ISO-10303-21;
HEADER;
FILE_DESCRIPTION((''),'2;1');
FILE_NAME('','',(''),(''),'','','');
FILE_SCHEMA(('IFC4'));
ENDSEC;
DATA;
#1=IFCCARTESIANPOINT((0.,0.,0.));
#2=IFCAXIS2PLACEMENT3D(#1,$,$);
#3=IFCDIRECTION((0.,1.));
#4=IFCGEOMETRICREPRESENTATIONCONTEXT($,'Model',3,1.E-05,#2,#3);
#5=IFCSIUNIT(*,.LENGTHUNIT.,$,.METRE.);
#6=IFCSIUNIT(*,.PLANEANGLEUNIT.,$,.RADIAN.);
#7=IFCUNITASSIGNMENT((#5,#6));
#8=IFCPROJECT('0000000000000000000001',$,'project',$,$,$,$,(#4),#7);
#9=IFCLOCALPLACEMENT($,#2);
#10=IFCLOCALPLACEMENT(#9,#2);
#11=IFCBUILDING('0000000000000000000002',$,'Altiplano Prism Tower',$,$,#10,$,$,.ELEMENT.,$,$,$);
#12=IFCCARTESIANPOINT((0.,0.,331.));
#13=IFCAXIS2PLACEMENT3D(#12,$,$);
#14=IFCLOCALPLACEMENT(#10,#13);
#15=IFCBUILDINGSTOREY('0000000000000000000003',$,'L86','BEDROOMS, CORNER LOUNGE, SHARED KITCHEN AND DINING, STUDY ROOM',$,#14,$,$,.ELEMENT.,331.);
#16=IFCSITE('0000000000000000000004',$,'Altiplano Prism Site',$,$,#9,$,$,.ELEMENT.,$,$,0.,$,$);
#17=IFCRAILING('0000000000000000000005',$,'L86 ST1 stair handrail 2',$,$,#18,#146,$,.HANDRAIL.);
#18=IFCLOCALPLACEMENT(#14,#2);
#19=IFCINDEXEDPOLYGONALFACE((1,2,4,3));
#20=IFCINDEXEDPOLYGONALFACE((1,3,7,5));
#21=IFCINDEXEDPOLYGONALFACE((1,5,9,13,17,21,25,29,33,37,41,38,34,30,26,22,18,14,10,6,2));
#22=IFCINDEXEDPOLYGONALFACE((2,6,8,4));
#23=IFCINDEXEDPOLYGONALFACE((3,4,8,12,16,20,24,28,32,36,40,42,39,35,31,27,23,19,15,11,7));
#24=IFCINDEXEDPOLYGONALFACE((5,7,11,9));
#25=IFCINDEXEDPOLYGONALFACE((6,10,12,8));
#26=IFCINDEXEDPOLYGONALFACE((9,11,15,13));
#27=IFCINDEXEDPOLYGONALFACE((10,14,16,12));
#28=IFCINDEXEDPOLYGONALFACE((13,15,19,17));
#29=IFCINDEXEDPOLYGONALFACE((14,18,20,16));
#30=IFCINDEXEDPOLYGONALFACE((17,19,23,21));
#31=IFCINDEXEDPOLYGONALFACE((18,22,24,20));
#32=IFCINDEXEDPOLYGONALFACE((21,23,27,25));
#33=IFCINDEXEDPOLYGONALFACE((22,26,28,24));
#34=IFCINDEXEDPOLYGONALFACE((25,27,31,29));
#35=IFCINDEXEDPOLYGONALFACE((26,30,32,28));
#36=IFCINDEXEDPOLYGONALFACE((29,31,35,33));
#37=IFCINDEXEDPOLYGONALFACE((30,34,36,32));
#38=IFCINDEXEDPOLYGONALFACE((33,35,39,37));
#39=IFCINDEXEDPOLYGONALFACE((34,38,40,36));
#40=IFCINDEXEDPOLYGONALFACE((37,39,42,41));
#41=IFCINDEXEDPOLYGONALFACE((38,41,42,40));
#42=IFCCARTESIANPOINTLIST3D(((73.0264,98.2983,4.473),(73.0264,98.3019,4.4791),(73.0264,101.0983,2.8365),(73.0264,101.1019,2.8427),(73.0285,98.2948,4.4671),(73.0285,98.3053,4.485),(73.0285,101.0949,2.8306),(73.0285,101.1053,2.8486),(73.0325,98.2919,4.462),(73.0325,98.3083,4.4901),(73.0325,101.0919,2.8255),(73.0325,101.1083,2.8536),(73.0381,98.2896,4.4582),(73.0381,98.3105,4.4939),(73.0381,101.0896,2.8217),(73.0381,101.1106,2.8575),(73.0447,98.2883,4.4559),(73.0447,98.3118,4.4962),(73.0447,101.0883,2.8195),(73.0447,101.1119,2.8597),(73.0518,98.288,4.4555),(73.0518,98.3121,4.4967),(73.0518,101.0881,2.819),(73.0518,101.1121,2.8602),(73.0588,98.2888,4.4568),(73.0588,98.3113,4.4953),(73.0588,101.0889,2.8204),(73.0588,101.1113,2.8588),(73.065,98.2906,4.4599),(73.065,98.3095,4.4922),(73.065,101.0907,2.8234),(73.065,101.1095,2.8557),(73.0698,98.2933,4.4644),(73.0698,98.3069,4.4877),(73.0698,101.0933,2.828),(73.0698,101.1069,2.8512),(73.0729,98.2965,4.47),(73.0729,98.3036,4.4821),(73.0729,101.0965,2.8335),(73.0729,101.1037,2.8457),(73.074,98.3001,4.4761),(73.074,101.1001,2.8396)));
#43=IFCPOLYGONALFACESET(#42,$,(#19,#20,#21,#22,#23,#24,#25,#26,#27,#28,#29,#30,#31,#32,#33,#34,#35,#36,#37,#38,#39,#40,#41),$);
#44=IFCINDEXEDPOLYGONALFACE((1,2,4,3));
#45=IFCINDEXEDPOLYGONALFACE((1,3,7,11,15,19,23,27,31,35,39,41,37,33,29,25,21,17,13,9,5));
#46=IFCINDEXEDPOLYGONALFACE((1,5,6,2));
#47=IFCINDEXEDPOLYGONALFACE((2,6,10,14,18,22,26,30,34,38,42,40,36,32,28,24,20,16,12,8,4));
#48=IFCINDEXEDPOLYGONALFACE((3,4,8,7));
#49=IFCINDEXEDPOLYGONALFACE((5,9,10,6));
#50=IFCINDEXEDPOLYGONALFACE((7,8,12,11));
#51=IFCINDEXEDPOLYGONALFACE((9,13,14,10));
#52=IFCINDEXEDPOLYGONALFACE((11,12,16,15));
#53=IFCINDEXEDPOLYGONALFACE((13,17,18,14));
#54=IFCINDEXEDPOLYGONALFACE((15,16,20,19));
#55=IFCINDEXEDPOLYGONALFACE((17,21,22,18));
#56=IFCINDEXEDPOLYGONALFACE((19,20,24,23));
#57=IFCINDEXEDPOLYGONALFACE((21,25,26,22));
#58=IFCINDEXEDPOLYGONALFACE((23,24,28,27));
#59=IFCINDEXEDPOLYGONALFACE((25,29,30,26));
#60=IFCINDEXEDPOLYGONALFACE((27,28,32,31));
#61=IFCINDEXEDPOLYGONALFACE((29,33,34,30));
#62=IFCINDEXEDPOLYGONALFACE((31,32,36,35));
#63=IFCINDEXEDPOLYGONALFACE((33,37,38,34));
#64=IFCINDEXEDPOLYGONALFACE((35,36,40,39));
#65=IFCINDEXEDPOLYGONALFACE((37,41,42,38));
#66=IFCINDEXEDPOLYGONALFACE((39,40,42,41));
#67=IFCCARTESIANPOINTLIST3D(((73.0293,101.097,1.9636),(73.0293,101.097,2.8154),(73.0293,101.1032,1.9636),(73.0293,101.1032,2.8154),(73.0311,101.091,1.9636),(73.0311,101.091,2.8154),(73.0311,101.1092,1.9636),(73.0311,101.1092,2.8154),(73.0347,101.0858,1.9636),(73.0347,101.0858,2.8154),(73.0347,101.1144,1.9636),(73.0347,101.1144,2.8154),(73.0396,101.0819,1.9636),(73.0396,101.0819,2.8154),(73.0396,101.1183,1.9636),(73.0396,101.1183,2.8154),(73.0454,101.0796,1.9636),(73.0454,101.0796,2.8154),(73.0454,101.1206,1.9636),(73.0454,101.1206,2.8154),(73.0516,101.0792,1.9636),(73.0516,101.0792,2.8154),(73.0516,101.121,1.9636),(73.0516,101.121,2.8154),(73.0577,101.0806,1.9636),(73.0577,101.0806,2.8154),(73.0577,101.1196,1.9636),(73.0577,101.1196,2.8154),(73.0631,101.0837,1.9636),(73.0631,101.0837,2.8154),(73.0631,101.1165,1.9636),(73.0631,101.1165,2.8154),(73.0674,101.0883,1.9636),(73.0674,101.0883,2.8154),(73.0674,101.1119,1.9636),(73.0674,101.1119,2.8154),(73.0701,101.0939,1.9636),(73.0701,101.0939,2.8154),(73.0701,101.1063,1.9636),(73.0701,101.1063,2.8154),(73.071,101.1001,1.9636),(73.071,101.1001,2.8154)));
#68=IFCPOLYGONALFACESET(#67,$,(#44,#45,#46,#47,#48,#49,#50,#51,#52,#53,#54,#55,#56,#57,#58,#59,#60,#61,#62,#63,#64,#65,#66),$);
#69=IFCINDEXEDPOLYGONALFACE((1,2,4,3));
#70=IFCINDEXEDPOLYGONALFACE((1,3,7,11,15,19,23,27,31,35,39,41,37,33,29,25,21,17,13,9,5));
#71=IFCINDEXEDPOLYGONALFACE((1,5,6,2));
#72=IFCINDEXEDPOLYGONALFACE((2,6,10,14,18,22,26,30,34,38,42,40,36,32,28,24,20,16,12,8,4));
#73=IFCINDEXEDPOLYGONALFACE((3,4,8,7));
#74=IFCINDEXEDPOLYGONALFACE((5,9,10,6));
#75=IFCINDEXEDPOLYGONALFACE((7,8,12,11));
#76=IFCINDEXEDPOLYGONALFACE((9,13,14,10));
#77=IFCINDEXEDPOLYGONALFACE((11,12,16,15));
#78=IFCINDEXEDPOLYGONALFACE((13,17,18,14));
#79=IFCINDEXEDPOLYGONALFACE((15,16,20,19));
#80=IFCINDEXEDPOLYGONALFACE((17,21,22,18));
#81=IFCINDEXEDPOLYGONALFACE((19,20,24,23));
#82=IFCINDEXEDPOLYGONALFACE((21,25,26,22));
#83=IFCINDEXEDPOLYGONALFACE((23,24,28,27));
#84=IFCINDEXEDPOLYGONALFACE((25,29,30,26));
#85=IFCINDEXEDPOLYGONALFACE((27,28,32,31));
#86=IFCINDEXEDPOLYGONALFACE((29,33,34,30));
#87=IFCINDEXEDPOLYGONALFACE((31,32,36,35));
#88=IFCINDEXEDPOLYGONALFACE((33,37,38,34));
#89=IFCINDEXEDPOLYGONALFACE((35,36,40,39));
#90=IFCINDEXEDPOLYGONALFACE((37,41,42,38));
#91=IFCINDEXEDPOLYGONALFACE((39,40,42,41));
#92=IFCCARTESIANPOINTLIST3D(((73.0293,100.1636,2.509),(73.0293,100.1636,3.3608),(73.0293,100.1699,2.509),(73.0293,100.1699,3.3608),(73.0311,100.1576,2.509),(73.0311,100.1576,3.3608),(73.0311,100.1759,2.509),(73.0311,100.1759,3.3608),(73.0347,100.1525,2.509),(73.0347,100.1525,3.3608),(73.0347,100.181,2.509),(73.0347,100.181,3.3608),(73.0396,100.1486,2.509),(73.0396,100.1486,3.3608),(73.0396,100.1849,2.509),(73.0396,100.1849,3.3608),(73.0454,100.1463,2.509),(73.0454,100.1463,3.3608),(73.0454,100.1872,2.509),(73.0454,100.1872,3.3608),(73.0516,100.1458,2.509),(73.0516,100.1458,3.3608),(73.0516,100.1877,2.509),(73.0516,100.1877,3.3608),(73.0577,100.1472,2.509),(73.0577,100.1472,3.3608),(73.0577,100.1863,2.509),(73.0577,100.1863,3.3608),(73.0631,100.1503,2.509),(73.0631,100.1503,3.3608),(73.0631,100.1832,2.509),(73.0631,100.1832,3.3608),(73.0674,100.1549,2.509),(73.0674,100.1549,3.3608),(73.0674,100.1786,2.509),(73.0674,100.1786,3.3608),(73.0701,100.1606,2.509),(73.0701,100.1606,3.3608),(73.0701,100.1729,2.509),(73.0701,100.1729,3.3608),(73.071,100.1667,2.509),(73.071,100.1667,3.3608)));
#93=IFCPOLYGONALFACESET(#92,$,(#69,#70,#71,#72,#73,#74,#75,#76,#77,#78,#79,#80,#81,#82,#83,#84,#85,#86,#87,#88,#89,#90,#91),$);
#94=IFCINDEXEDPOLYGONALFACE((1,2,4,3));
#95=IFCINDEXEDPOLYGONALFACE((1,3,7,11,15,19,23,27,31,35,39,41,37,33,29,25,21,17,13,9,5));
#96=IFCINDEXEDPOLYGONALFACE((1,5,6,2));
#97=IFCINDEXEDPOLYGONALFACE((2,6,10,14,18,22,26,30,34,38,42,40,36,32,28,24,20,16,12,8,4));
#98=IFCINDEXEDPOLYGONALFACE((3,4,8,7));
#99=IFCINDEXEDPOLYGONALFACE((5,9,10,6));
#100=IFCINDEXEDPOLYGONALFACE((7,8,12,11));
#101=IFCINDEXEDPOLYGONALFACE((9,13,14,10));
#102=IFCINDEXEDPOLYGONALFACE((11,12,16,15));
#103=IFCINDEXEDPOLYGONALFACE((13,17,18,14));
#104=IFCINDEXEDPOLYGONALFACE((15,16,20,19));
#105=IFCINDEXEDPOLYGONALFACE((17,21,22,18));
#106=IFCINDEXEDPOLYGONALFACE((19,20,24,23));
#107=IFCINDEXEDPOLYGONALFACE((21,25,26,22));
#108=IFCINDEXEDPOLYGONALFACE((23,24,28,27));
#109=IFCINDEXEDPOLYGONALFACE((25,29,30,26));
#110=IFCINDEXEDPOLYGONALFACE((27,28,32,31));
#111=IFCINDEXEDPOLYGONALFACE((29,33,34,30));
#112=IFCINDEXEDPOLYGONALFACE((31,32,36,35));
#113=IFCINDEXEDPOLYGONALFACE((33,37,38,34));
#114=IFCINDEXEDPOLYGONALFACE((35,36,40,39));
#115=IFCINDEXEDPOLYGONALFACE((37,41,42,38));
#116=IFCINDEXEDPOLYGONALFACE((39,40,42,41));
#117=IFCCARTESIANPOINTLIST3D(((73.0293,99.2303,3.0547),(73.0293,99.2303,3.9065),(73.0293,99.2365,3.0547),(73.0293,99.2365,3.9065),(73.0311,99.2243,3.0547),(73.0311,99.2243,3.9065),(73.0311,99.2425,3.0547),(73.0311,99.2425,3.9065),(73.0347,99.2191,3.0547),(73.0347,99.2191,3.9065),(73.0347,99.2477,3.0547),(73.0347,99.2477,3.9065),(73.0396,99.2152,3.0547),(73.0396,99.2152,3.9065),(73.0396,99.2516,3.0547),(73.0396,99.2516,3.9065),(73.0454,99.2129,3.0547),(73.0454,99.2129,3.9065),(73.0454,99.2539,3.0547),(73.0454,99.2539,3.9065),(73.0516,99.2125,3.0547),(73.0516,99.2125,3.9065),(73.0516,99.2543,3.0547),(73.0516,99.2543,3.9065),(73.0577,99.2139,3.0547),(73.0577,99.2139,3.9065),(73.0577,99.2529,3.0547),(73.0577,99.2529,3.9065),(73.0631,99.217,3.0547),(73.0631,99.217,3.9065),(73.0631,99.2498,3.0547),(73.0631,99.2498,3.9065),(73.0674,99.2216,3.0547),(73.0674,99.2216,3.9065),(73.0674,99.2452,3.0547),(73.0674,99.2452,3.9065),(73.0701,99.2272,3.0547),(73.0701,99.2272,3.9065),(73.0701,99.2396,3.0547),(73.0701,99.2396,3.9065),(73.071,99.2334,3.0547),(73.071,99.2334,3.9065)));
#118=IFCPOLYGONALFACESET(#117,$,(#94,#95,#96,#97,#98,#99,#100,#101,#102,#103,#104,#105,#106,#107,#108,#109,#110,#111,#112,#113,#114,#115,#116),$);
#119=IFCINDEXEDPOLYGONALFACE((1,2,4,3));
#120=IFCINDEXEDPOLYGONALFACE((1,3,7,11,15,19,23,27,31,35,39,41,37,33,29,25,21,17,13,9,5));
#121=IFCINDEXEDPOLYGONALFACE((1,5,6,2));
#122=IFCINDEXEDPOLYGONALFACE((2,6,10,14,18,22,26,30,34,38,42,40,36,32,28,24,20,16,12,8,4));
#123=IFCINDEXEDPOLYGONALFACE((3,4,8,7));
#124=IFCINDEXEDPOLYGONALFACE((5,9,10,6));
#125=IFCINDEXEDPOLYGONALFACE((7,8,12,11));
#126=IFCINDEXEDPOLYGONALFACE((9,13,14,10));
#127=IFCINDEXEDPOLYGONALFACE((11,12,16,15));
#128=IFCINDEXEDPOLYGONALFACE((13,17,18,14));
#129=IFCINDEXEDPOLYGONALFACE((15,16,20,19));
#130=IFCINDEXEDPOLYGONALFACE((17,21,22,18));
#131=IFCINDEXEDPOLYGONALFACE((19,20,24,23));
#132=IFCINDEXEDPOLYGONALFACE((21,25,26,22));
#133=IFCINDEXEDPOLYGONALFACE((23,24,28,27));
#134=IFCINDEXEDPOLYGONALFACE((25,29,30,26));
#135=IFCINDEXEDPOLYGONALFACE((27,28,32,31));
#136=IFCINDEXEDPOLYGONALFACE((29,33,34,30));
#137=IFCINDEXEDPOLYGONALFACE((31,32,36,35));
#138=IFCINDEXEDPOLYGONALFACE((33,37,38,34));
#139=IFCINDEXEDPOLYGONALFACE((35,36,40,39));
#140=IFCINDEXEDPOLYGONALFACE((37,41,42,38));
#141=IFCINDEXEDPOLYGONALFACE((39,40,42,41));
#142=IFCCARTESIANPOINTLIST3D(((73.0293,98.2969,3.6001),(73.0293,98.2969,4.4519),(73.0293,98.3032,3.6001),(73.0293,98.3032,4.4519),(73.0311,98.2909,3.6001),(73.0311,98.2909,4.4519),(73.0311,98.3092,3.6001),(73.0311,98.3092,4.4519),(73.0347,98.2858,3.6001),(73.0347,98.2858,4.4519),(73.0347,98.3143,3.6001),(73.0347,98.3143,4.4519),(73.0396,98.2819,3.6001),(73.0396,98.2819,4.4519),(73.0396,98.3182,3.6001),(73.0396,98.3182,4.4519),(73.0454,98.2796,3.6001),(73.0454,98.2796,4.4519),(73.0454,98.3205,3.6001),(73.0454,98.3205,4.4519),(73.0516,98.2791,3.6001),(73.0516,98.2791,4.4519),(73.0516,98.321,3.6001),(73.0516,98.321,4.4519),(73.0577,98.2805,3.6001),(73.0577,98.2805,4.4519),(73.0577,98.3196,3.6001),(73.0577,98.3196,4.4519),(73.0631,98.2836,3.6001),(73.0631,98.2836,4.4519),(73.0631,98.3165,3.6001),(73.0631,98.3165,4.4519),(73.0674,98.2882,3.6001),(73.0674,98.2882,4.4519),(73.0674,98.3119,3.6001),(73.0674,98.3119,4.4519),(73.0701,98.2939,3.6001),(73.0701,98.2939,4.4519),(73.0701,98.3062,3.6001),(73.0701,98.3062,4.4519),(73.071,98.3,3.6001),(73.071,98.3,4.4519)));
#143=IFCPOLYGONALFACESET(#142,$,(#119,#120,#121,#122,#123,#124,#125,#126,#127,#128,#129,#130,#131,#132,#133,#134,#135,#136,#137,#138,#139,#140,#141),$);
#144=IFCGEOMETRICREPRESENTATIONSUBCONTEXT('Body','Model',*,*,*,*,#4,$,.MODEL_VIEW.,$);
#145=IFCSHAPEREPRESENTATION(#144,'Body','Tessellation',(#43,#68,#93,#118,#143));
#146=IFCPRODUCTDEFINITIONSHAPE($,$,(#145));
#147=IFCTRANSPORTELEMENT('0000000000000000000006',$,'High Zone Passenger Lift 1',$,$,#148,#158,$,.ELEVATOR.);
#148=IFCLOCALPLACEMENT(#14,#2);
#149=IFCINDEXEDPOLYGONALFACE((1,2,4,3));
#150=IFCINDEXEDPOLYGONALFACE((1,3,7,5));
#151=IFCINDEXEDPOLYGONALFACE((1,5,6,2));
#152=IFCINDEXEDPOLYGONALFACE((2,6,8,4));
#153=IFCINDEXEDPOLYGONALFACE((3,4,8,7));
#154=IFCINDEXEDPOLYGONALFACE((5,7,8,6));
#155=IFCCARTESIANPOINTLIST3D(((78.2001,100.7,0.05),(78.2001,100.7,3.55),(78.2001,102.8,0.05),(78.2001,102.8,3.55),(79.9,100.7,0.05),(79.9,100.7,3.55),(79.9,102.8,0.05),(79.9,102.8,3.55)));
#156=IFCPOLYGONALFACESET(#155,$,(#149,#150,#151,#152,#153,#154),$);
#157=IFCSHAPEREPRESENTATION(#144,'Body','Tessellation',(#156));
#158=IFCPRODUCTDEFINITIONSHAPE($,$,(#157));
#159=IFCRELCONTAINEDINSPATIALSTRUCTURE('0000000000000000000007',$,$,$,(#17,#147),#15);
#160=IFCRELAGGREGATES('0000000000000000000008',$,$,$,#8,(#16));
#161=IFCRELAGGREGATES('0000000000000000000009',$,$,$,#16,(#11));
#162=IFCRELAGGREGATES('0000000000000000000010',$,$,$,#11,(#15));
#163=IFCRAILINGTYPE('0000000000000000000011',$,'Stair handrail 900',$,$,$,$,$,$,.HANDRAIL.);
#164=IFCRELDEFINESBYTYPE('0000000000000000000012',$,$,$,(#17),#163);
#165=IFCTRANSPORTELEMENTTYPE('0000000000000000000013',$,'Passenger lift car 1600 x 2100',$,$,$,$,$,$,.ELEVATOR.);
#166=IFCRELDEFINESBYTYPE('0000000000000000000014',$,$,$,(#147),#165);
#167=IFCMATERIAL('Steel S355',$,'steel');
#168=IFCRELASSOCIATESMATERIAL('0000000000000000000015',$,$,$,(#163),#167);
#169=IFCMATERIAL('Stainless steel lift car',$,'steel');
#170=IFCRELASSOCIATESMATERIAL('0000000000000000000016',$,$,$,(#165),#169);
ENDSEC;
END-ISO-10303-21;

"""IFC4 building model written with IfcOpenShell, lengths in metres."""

from ifc_helpers import new_model, si_unit, direction, frame, origin, origin_2d, place, context, subcontext, project, spatial, rectangle, circle, extrude, material, type_object, element, save


model = new_model("IFC4")

# Units and contexts
model_context = context("Model", 3, precision=1e-05, world=origin(), true_north=direction((0.0, 1.0)))
body_context = subcontext(model_context, "Body", "Model", "MODEL_VIEW")
ifc_project = project(units=[si_unit("LENGTHUNIT", "METRE"), si_unit("PLANEANGLEUNIT", "RADIAN")], contexts=[model_context])

# Site, building, storey
site_placement = place(None, origin())
site = spatial("IfcSite", under=ifc_project, at=site_placement, Name="Altiplano Prism Site", CompositionType="ELEMENT", RefElevation=0.0)
building_placement = place(site_placement, origin())
building = spatial("IfcBuilding", under=site, at=building_placement, Name="Altiplano Prism Tower", CompositionType="ELEMENT")
storey_placement = place(building_placement, frame((0.0, 0.0, 331.0)))
storey = spatial("IfcBuildingStorey", under=building, at=storey_placement, Name="L86", Description="BEDROOMS, CORNER LOUNGE, SHARED KITCHEN AND DINING, STUDY ROOM", CompositionType="ELEMENT", Elevation=331.0)

# Shared definitions
ifc_material_1 = material(Name="Steel S355", Category="steel")

# Railing
railing_type_1 = type_object("IfcRailingType", Name="Stair handrail 900", PredefinedType="HANDRAIL", material=ifc_material_1)
railing_1_placement = place(storey_placement, frame((73.05, 101.1001, 1.9636)))
element("IfcRailing", 1, at=railing_1_placement, inside=storey, type_object=railing_type_1, Name="L86 ST1 stair handrail 2", PredefinedType="HANDRAIL", context=body_context, shape_type="SweptSolid", body=[
    extrude(circle(Radius=0.0239, at=origin_2d()), frame((0.0, 0.0, 0.876), z_axis=(0.0, -0.863361, 0.504587), x_axis=(1.0, 0.0, 0.0)), (0.0, 0.0, 1.0), 3.2432),
    extrude(circle(Radius=0.021, at=origin_2d()), origin(), (0.0, 0.0, 1.0), 0.8518),
    extrude(circle(Radius=0.021, at=origin_2d()), frame((0.0, -0.9333, 0.5454)), (0.0, 0.0, 1.0), 0.8518),
    extrude(circle(Radius=0.021, at=origin_2d()), frame((0.0, -1.8667, 1.0911)), (0.0, 0.0, 1.0), 0.8518),
    extrude(circle(Radius=0.021, at=origin_2d()), frame((0.0, -2.8, 1.6365)), (0.0, 0.0, 1.0), 0.8518),
])

# Transport element
ifc_material_2 = material(Name="Stainless steel lift car", Category="steel")
transport_element_type = type_object("IfcTransportElementType", Name="Passenger lift car 1600 x 2100", PredefinedType="ELEVATOR", material=ifc_material_2)
transport_element_placement = place(storey_placement, frame((79.05, 101.75, 0.05), z_axis=(0.0, 0.0, 1.0), x_axis=(1.0, 0.0, 0.0)))
element("IfcTransportElement", 2, at=transport_element_placement, inside=storey, type_object=transport_element_type, Name="High Zone Passenger Lift 1", PredefinedType="ELEVATOR", context=body_context, shape_type="SweptSolid", body=[
    extrude(rectangle(XDim=1.7, YDim=2.1001, at=origin_2d()), origin(), (0.0, 0.0, 1.0), 3.5),
])

save(model, "model.ifc")
